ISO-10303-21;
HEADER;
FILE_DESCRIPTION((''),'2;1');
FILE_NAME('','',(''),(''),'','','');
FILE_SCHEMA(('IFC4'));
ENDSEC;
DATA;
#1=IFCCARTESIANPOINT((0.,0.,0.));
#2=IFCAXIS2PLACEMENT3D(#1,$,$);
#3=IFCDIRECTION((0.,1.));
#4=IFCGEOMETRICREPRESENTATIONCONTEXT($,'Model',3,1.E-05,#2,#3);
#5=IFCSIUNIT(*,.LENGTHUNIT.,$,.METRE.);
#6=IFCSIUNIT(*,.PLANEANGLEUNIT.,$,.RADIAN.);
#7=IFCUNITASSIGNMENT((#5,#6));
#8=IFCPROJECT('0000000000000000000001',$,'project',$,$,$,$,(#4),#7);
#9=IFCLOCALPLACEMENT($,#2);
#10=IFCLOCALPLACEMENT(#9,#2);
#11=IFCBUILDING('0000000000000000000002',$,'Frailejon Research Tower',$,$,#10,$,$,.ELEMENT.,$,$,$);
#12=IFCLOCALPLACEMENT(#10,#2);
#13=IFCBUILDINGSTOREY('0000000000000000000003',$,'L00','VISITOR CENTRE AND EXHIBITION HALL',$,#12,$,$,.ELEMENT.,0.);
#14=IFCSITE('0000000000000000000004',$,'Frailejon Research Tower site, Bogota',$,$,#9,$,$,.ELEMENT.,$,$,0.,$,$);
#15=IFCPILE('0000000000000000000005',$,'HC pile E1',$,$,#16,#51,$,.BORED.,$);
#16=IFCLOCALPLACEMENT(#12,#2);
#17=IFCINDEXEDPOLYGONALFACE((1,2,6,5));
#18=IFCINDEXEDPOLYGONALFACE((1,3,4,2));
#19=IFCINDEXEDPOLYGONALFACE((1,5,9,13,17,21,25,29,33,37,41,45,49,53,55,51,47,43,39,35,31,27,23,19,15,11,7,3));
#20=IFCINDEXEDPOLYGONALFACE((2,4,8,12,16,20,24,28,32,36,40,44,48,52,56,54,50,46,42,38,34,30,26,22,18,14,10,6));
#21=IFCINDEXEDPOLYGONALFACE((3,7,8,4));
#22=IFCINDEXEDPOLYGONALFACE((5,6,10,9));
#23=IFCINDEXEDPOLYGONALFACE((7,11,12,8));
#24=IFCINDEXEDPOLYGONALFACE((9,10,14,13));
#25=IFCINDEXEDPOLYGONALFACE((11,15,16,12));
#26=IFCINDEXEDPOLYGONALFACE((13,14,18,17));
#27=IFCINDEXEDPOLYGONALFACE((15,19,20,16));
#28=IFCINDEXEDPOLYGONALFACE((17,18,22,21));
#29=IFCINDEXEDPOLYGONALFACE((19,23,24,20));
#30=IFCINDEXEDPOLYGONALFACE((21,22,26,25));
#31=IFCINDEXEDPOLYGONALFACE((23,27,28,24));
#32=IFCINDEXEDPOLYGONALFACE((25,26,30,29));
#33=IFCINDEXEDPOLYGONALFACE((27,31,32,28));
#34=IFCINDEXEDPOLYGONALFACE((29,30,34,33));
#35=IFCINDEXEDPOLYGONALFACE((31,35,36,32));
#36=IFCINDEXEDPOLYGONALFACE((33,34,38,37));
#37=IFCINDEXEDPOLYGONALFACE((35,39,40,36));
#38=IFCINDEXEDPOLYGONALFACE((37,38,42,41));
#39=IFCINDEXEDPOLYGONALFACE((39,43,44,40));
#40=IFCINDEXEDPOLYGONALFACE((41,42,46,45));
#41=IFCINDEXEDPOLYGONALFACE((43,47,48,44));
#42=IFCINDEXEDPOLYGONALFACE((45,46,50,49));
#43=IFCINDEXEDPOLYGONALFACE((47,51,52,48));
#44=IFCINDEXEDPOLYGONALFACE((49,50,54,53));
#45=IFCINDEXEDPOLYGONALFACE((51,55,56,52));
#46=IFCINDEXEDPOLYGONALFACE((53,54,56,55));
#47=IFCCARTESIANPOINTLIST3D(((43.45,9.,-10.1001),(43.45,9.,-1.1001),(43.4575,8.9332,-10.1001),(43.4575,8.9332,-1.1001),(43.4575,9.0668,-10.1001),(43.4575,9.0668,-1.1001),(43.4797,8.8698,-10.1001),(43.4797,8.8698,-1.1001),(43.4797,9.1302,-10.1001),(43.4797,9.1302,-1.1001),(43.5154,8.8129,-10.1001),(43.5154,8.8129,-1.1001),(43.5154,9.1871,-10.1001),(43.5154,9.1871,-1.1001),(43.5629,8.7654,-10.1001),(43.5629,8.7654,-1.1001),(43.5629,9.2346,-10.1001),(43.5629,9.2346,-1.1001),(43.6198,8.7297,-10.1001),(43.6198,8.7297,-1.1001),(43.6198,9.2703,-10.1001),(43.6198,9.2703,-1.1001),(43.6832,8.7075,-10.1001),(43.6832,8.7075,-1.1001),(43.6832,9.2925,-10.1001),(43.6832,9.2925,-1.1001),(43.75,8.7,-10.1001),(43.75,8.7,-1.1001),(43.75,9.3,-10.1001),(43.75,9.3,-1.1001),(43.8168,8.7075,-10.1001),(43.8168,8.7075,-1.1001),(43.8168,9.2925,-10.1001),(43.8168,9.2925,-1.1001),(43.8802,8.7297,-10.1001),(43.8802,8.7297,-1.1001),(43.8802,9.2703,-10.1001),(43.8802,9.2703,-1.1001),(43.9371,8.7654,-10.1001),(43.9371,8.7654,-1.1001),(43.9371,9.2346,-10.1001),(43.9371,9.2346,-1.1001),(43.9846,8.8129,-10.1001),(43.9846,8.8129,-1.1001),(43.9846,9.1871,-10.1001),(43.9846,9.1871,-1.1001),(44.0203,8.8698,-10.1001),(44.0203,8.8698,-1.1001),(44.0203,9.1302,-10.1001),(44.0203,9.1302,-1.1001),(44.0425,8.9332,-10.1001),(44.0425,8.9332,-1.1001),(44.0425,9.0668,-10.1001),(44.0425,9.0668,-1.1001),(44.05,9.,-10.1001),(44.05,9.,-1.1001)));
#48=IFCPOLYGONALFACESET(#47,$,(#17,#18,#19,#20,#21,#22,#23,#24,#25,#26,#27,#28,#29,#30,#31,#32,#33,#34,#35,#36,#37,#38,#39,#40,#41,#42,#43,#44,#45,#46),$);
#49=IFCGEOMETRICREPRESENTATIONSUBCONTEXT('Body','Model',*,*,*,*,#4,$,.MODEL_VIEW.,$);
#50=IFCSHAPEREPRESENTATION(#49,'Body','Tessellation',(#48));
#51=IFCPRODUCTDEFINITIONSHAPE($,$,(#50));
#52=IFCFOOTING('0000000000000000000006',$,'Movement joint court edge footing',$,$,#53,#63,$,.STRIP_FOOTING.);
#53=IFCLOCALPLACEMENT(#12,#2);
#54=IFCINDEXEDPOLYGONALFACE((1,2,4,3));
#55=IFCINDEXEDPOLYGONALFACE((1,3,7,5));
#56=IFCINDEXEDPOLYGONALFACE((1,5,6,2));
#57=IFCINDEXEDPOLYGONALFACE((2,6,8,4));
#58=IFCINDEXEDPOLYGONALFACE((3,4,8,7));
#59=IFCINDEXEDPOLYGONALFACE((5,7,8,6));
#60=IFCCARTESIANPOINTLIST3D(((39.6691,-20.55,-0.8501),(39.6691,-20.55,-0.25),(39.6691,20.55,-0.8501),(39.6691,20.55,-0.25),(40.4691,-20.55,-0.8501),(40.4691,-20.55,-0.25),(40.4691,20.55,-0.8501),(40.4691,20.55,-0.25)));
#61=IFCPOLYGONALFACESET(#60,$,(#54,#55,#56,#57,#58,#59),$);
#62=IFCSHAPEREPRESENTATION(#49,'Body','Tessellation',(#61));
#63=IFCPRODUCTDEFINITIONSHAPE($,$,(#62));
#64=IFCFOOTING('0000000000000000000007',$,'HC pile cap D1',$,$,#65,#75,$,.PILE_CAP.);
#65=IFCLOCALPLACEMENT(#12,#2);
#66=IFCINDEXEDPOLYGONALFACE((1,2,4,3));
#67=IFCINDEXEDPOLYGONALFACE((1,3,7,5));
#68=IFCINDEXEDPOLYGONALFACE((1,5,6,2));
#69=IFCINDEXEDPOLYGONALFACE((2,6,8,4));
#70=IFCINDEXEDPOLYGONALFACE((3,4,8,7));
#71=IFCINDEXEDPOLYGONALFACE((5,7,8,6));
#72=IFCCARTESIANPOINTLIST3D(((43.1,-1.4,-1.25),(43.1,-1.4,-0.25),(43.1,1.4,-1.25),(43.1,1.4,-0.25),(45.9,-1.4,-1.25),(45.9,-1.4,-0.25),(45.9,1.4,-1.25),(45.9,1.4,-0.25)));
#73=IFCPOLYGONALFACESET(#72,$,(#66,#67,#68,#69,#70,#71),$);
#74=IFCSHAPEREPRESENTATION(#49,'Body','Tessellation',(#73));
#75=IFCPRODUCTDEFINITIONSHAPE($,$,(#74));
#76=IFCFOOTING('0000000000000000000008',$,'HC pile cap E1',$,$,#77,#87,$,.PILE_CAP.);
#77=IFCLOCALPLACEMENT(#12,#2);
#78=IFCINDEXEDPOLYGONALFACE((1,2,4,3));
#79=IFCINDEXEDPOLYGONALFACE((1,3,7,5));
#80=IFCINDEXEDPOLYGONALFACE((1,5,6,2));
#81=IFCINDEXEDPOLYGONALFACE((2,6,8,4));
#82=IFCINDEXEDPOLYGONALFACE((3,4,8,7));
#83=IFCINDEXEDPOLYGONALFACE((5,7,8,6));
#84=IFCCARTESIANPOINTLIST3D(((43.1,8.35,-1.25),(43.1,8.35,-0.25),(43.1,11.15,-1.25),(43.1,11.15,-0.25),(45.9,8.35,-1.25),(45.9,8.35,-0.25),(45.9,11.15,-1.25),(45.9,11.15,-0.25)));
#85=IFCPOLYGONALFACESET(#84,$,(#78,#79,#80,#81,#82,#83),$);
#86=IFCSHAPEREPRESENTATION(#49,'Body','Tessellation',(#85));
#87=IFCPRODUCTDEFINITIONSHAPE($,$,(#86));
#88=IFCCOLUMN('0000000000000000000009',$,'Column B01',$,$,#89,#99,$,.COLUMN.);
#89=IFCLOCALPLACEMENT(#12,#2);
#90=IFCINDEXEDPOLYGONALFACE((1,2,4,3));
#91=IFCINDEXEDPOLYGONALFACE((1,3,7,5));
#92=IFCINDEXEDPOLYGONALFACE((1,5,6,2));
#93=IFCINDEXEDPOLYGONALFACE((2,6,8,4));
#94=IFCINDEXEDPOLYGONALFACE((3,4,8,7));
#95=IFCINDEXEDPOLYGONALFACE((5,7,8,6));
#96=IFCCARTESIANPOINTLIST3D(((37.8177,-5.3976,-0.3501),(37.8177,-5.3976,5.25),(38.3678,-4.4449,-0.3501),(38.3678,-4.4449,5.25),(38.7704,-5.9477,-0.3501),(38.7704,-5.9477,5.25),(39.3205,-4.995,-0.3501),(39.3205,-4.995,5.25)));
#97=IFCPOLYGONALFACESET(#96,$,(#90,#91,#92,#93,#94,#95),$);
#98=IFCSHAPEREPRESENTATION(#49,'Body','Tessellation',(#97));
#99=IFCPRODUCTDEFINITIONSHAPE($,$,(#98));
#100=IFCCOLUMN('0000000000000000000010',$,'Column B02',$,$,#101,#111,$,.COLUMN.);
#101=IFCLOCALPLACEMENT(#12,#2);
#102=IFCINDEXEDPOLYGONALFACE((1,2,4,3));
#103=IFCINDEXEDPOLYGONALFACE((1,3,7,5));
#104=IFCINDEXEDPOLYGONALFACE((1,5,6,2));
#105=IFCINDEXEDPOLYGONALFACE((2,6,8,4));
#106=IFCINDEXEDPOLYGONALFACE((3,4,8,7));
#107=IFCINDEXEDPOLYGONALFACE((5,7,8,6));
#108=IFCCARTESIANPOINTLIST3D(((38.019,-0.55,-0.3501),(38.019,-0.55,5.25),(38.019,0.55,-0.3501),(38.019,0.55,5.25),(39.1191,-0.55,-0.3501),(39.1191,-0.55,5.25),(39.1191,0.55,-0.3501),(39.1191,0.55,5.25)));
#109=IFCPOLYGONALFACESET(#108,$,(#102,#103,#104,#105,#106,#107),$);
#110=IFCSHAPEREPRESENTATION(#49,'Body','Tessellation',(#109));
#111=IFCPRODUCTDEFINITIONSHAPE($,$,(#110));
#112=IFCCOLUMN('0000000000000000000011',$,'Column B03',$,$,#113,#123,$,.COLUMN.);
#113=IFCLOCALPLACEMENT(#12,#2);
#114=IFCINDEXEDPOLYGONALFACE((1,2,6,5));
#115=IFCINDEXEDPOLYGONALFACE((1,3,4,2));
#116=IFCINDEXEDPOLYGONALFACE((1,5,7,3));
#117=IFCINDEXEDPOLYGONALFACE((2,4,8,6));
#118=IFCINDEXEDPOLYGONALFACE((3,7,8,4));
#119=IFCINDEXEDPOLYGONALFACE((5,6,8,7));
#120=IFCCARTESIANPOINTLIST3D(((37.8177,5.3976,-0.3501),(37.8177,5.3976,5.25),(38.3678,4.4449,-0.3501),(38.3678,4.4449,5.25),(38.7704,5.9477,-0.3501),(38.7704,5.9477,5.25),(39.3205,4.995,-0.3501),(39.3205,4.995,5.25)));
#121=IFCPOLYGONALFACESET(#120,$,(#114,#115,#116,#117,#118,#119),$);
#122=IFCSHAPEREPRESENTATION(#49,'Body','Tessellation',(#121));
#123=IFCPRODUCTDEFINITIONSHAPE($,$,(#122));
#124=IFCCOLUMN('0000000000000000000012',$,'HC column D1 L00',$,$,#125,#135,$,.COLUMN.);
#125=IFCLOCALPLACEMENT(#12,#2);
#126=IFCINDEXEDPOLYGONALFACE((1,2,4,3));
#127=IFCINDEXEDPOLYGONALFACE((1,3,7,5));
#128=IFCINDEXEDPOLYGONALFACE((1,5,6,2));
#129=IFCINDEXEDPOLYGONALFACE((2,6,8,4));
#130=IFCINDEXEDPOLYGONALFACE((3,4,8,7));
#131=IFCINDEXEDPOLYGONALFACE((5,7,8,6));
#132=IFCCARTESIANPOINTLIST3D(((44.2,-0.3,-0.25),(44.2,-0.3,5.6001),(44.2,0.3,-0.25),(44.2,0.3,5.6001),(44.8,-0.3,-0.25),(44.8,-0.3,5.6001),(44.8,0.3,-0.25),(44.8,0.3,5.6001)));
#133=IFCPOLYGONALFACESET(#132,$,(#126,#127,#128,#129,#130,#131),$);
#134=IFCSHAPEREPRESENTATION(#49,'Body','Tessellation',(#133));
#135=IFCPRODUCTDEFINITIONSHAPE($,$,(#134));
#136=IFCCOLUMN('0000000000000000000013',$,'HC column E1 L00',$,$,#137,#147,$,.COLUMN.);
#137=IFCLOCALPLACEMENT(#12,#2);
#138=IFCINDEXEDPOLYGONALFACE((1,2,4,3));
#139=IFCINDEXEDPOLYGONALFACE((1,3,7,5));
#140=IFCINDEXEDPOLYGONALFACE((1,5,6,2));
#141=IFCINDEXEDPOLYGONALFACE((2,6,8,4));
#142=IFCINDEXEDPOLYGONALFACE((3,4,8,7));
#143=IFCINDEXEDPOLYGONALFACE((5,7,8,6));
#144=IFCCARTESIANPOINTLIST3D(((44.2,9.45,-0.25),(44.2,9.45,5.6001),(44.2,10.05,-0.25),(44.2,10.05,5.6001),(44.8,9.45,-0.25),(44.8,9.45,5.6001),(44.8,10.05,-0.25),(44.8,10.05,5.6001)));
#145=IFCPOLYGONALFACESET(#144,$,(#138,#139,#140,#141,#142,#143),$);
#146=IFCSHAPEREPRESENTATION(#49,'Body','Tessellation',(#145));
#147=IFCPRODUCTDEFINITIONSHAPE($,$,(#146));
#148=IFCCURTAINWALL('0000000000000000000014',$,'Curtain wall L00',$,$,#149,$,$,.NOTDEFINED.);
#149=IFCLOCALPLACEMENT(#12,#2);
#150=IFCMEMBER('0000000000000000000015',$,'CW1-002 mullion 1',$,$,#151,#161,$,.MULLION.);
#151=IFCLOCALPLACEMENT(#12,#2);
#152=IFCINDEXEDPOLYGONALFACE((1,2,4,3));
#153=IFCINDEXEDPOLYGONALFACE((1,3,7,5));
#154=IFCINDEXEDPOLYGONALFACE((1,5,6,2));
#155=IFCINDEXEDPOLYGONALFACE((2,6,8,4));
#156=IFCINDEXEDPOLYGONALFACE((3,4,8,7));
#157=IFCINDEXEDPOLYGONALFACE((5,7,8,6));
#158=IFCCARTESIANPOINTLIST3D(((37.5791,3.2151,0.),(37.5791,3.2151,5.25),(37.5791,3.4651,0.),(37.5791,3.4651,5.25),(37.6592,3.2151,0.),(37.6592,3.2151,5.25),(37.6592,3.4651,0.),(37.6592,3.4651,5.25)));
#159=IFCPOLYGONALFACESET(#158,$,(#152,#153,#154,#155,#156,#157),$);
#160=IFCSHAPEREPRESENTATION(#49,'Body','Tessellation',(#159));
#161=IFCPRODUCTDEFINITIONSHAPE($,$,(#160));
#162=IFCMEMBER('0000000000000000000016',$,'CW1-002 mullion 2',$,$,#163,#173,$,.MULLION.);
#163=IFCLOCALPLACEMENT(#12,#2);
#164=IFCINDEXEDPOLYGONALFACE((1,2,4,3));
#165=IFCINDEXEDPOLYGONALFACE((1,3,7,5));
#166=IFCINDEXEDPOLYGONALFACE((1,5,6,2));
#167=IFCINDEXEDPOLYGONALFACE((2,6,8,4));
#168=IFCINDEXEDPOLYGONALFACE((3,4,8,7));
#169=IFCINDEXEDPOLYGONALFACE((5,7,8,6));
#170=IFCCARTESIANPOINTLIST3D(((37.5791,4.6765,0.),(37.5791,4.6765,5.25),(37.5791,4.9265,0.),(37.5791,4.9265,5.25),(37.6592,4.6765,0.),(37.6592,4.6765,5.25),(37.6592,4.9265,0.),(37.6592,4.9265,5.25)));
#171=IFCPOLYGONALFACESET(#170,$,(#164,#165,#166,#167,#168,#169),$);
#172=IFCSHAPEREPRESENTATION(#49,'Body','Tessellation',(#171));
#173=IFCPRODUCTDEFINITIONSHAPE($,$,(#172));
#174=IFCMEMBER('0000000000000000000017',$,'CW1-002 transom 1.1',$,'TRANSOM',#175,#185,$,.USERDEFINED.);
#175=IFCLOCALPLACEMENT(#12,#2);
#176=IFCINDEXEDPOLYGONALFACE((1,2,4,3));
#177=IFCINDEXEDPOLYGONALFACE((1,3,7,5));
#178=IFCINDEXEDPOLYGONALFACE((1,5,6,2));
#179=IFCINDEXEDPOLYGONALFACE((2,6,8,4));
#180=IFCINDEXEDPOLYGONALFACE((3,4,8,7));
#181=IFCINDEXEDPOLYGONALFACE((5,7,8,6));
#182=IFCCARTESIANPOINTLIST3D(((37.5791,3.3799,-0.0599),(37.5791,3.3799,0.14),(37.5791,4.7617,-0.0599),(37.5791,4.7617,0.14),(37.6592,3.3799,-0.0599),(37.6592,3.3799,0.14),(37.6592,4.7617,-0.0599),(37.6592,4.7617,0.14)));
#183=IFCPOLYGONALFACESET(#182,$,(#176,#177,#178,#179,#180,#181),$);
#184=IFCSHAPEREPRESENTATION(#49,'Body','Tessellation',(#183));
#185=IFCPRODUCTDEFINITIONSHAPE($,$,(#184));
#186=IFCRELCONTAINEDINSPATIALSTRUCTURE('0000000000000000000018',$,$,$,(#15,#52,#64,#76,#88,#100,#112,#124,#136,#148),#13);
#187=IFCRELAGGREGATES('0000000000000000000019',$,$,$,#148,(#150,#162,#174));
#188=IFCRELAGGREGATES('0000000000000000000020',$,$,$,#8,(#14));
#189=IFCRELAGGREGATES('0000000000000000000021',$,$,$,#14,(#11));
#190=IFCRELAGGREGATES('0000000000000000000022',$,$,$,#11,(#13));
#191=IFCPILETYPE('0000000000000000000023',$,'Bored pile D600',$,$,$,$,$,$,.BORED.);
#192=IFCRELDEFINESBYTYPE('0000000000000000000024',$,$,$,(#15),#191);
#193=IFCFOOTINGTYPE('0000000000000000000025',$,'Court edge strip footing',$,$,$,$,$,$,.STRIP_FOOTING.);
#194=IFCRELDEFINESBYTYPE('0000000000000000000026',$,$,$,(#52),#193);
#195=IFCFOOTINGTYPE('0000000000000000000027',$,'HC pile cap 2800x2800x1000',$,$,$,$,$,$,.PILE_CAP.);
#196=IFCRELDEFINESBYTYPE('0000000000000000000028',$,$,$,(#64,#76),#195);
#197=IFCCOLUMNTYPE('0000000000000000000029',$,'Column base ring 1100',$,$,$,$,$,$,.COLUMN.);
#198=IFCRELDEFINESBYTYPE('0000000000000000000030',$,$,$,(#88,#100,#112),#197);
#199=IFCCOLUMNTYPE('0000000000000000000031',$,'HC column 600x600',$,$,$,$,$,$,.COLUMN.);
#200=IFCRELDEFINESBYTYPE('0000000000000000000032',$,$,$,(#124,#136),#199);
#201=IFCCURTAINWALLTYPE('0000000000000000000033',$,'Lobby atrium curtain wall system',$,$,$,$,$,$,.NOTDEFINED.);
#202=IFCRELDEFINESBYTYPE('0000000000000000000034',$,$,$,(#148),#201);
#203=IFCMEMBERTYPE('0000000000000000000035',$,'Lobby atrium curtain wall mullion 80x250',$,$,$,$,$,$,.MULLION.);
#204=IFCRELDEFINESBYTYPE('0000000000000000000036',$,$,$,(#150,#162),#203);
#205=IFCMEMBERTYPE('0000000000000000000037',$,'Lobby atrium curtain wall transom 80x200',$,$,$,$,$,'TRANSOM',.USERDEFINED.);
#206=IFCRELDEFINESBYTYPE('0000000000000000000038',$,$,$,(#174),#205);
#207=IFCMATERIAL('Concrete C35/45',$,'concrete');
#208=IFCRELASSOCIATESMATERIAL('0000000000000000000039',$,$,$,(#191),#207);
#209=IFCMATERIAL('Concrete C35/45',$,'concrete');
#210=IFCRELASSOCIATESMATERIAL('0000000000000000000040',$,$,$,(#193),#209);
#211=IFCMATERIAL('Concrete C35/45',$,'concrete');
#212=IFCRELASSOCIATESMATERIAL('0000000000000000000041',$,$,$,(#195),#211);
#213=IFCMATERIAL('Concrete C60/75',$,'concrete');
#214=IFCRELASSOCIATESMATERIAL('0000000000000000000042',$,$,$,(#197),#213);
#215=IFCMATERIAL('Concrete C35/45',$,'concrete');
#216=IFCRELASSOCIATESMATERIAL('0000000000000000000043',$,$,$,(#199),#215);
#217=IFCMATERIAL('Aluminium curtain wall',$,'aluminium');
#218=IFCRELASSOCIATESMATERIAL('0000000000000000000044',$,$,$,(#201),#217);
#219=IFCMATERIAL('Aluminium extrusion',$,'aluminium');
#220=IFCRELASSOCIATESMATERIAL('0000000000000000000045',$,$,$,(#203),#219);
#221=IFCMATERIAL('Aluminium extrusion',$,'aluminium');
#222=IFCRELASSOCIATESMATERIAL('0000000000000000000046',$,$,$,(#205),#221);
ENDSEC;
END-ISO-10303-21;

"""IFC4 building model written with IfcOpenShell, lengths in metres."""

from ifc_helpers import new_model, si_unit, direction, frame, origin, origin_2d, place, context, subcontext, project, spatial, rectangle, circle, extrude, material, material_profile, profile_set, type_object, element, aggregate, save


model = new_model("IFC4")

# Units and contexts
model_context = context("Model", 3, precision=1e-05, world=origin(), true_north=direction((0.0, 1.0)))
body_context = subcontext(model_context, "Body", "Model", "MODEL_VIEW")
ifc_project = project(units=[si_unit("LENGTHUNIT", "METRE"), si_unit("PLANEANGLEUNIT", "RADIAN")], contexts=[model_context])

# Site, building, storey
site_placement = place(None, origin())
site = spatial("IfcSite", under=ifc_project, at=site_placement, Name="Frailejon Research Tower site, Bogota", CompositionType="ELEMENT", RefElevation=0.0)
building_placement = place(site_placement, origin())
building = spatial("IfcBuilding", under=site, at=building_placement, Name="Frailejon Research Tower", CompositionType="ELEMENT")
storey_placement = place(building_placement, origin())
storey = spatial("IfcBuildingStorey", under=building, at=storey_placement, Name="L00", Description="VISITOR CENTRE AND EXHIBITION HALL", CompositionType="ELEMENT", Elevation=0.0)

# Pile
ifc_material_1 = material(Name="Concrete C35/45", Category="concrete")
ifc_material_profile_1 = material_profile(ifc_material_1, circle(Radius=0.3, at=origin_2d()), Name="Bored pile D600")
ifc_profile_set_1 = profile_set([ifc_material_profile_1], Name="Concrete C35/45")
pile_type = type_object("IfcPileType", Name="Bored pile D600", PredefinedType="BORED", material=ifc_profile_set_1)
for number, where, z_axis, x_axis, name in (
    (1, (43.75, 9.0, -1.1001), (0.0, 0.0, -1.0), (1.0, 0.0, 0.0), "HC pile E1"),
):
    element("IfcPile", number, at=place(storey_placement, frame(where, z_axis=z_axis, x_axis=x_axis)), inside=storey, type_object=pile_type, Name=name, PredefinedType="BORED", context=body_context, shape_type="SweptSolid", body=[
        extrude(circle(Radius=0.3, at=origin_2d()), origin(), (0.0, 0.0, 1.0), 9.0),
    ])

# Footings
ifc_material_2 = material(Name="Concrete C35/45", Category="concrete")
footing_type_1 = type_object("IfcFootingType", Name="Court edge strip footing", PredefinedType="STRIP_FOOTING", material=ifc_material_2)
footing_placement = place(storey_placement, frame((40.0691, 0.0, -0.8501), z_axis=(0.0, 0.0, 1.0), x_axis=(1.0, 0.0, 0.0)))
element("IfcFooting", 2, at=footing_placement, inside=storey, type_object=footing_type_1, Name="Movement joint court edge footing", PredefinedType="STRIP_FOOTING", context=body_context, shape_type="SweptSolid", body=[
    extrude(rectangle(XDim=0.8, YDim=41.1001, at=origin_2d()), origin(), (0.0, 0.0, 1.0), 0.6001),
])
ifc_material_3 = material(Name="Concrete C35/45", Category="concrete")
footing_type_2 = type_object("IfcFootingType", Name="HC pile cap 2800x2800x1000", PredefinedType="PILE_CAP", material=ifc_material_3)
for number, where, z_axis, x_axis, name in (
    (3, (44.5, 0.0, -1.25), (0.0, 0.0, 1.0), (1.0, 0.0, 0.0), "HC pile cap D1"),
    (4, (44.5, 9.75, -1.25), (0.0, 0.0, 1.0), (1.0, 0.0, 0.0), "HC pile cap E1"),
):
    element("IfcFooting", number, at=place(storey_placement, frame(where, z_axis=z_axis, x_axis=x_axis)), inside=storey, type_object=footing_type_2, Name=name, PredefinedType="PILE_CAP", context=body_context, shape_type="SweptSolid", body=[
        extrude(rectangle(XDim=2.8, YDim=2.8, at=origin_2d()), origin(), (0.0, 0.0, 1.0), 1.0),
    ])

# Columns
ifc_material_4 = material(Name="Concrete C60/75", Category="concrete")
ifc_material_profile_2 = material_profile(ifc_material_4, rectangle(XDim=1.1001, YDim=1.1001, at=origin_2d()), Name="Column base ring 1100")
ifc_profile_set_2 = profile_set([ifc_material_profile_2], Name="Concrete C60/75")
column_type_1 = type_object("IfcColumnType", Name="Column base ring 1100", PredefinedType="COLUMN", material=ifc_profile_set_2)
for number, where, z_axis, x_axis, name in (
    (5, (38.5691, -5.1963, -0.3501), (0.0, 0.0, 1.0), (0.5, 0.866025, 0.0), "Column B01"),
    (6, (38.5691, 0.0, -0.3501), (0.0, 0.0, 1.0), (0.0, 1.0, 0.0), "Column B02"),
    (7, (38.5691, 5.1963, -0.3501), (0.0, 0.0, 1.0), (-0.5, 0.866025, 0.0), "Column B03"),
):
    element("IfcColumn", number, at=place(storey_placement, frame(where, z_axis=z_axis, x_axis=x_axis)), inside=storey, type_object=column_type_1, Name=name, PredefinedType="COLUMN", context=body_context, shape_type="SweptSolid", body=[
        extrude(rectangle(XDim=1.1001, YDim=1.1001, at=origin_2d()), origin(), (0.0, 0.0, 1.0), 5.6001),
    ])
ifc_material_5 = material(Name="Concrete C35/45", Category="concrete")
ifc_material_profile_3 = material_profile(ifc_material_5, rectangle(XDim=0.6001, YDim=0.6001, at=origin_2d()), Name="HC column 600x600")
ifc_profile_set_3 = profile_set([ifc_material_profile_3], Name="Concrete C35/45")
column_type_2 = type_object("IfcColumnType", Name="HC column 600x600", PredefinedType="COLUMN", material=ifc_profile_set_3)
for number, where, z_axis, x_axis, name in (
    (8, (44.5, 0.0, -0.25), (0.0, 0.0, 1.0), (1.0, 0.0, 0.0), "HC column D1 L00"),
    (9, (44.5, 9.75, -0.25), (0.0, 0.0, 1.0), (1.0, 0.0, 0.0), "HC column E1 L00"),
):
    element("IfcColumn", number, at=place(storey_placement, frame(where, z_axis=z_axis, x_axis=x_axis)), inside=storey, type_object=column_type_2, Name=name, PredefinedType="COLUMN", context=body_context, shape_type="SweptSolid", body=[
        extrude(rectangle(XDim=0.6001, YDim=0.6001, at=origin_2d()), origin(), (0.0, 0.0, 1.0), 5.8501),
    ])

# Curtain wall, members
ifc_material_6 = material(Name="Aluminium curtain wall", Category="aluminium")
curtain_wall_type = type_object("IfcCurtainWallType", Name="Lobby atrium curtain wall system", PredefinedType="NOTDEFINED", material=ifc_material_6)
curtain_wall_placement = place(storey_placement, origin())
curtain_wall = element("IfcCurtainWall", 10, at=curtain_wall_placement, inside=storey, type_object=curtain_wall_type, Name="Curtain wall L00", PredefinedType="NOTDEFINED")
ifc_material_7 = material(Name="Aluminium extrusion", Category="aluminium")
ifc_material_profile_4 = material_profile(ifc_material_7, rectangle(XDim=0.0801, YDim=0.25, at=origin_2d()), Name="Lobby atrium curtain wall mullion 80x250")
ifc_profile_set_4 = profile_set([ifc_material_profile_4], Name="Aluminium extrusion")
member_type_1 = type_object("IfcMemberType", Name="Lobby atrium curtain wall mullion 80x250", PredefinedType="MULLION", material=ifc_profile_set_4)
member_1_placement = place(storey_placement, frame((37.6191, 3.3401, 0.0), z_axis=(0.0, 0.0, 1.0), x_axis=(-1.0, 0.0, 0.0)))
member_1 = element("IfcMember", 11, at=member_1_placement, type_object=member_type_1, Name="CW1-002 mullion 1", PredefinedType="MULLION", context=body_context, shape_type="SweptSolid", body=[
    extrude(rectangle(XDim=0.0801, YDim=0.25, at=origin_2d()), origin(), (0.0, 0.0, 1.0), 5.25),
])
member_2_placement = place(storey_placement, frame((37.6191, 4.8015, 0.0), z_axis=(0.0, 0.0, 1.0), x_axis=(-1.0, 0.0, 0.0)))
member_2 = element("IfcMember", 12, at=member_2_placement, type_object=member_type_1, Name="CW1-002 mullion 2", PredefinedType="MULLION", context=body_context, shape_type="SweptSolid", body=[
    extrude(rectangle(XDim=0.0801, YDim=0.25, at=origin_2d()), origin(), (0.0, 0.0, 1.0), 5.25),
])
ifc_material_8 = material(Name="Aluminium extrusion", Category="aluminium")
ifc_material_profile_5 = material_profile(ifc_material_8, rectangle(XDim=0.0801, YDim=0.2, at=origin_2d()), Name="Lobby atrium curtain wall transom 80x200")
ifc_profile_set_5 = profile_set([ifc_material_profile_5], Name="Aluminium extrusion")
member_type_2 = type_object("IfcMemberType", Name="Lobby atrium curtain wall transom 80x200", ElementType="TRANSOM", PredefinedType="USERDEFINED", material=ifc_profile_set_5)
member_3_placement = place(storey_placement, frame((37.6191, 3.3799, 0.04), z_axis=(0.0, 1.0, 0.0), x_axis=(-1.0, 0.0, 0.0)))
member_3 = element("IfcMember", 13, at=member_3_placement, type_object=member_type_2, Name="CW1-002 transom 1.1", ObjectType="TRANSOM", PredefinedType="USERDEFINED", context=body_context, shape_type="SweptSolid", body=[
    extrude(rectangle(XDim=0.0801, YDim=0.2, at=origin_2d()), origin(), (0.0, 0.0, 1.0), 1.3818),
])
aggregate(curtain_wall, [member_1, member_2, member_3])

save(model, "model.ifc")
